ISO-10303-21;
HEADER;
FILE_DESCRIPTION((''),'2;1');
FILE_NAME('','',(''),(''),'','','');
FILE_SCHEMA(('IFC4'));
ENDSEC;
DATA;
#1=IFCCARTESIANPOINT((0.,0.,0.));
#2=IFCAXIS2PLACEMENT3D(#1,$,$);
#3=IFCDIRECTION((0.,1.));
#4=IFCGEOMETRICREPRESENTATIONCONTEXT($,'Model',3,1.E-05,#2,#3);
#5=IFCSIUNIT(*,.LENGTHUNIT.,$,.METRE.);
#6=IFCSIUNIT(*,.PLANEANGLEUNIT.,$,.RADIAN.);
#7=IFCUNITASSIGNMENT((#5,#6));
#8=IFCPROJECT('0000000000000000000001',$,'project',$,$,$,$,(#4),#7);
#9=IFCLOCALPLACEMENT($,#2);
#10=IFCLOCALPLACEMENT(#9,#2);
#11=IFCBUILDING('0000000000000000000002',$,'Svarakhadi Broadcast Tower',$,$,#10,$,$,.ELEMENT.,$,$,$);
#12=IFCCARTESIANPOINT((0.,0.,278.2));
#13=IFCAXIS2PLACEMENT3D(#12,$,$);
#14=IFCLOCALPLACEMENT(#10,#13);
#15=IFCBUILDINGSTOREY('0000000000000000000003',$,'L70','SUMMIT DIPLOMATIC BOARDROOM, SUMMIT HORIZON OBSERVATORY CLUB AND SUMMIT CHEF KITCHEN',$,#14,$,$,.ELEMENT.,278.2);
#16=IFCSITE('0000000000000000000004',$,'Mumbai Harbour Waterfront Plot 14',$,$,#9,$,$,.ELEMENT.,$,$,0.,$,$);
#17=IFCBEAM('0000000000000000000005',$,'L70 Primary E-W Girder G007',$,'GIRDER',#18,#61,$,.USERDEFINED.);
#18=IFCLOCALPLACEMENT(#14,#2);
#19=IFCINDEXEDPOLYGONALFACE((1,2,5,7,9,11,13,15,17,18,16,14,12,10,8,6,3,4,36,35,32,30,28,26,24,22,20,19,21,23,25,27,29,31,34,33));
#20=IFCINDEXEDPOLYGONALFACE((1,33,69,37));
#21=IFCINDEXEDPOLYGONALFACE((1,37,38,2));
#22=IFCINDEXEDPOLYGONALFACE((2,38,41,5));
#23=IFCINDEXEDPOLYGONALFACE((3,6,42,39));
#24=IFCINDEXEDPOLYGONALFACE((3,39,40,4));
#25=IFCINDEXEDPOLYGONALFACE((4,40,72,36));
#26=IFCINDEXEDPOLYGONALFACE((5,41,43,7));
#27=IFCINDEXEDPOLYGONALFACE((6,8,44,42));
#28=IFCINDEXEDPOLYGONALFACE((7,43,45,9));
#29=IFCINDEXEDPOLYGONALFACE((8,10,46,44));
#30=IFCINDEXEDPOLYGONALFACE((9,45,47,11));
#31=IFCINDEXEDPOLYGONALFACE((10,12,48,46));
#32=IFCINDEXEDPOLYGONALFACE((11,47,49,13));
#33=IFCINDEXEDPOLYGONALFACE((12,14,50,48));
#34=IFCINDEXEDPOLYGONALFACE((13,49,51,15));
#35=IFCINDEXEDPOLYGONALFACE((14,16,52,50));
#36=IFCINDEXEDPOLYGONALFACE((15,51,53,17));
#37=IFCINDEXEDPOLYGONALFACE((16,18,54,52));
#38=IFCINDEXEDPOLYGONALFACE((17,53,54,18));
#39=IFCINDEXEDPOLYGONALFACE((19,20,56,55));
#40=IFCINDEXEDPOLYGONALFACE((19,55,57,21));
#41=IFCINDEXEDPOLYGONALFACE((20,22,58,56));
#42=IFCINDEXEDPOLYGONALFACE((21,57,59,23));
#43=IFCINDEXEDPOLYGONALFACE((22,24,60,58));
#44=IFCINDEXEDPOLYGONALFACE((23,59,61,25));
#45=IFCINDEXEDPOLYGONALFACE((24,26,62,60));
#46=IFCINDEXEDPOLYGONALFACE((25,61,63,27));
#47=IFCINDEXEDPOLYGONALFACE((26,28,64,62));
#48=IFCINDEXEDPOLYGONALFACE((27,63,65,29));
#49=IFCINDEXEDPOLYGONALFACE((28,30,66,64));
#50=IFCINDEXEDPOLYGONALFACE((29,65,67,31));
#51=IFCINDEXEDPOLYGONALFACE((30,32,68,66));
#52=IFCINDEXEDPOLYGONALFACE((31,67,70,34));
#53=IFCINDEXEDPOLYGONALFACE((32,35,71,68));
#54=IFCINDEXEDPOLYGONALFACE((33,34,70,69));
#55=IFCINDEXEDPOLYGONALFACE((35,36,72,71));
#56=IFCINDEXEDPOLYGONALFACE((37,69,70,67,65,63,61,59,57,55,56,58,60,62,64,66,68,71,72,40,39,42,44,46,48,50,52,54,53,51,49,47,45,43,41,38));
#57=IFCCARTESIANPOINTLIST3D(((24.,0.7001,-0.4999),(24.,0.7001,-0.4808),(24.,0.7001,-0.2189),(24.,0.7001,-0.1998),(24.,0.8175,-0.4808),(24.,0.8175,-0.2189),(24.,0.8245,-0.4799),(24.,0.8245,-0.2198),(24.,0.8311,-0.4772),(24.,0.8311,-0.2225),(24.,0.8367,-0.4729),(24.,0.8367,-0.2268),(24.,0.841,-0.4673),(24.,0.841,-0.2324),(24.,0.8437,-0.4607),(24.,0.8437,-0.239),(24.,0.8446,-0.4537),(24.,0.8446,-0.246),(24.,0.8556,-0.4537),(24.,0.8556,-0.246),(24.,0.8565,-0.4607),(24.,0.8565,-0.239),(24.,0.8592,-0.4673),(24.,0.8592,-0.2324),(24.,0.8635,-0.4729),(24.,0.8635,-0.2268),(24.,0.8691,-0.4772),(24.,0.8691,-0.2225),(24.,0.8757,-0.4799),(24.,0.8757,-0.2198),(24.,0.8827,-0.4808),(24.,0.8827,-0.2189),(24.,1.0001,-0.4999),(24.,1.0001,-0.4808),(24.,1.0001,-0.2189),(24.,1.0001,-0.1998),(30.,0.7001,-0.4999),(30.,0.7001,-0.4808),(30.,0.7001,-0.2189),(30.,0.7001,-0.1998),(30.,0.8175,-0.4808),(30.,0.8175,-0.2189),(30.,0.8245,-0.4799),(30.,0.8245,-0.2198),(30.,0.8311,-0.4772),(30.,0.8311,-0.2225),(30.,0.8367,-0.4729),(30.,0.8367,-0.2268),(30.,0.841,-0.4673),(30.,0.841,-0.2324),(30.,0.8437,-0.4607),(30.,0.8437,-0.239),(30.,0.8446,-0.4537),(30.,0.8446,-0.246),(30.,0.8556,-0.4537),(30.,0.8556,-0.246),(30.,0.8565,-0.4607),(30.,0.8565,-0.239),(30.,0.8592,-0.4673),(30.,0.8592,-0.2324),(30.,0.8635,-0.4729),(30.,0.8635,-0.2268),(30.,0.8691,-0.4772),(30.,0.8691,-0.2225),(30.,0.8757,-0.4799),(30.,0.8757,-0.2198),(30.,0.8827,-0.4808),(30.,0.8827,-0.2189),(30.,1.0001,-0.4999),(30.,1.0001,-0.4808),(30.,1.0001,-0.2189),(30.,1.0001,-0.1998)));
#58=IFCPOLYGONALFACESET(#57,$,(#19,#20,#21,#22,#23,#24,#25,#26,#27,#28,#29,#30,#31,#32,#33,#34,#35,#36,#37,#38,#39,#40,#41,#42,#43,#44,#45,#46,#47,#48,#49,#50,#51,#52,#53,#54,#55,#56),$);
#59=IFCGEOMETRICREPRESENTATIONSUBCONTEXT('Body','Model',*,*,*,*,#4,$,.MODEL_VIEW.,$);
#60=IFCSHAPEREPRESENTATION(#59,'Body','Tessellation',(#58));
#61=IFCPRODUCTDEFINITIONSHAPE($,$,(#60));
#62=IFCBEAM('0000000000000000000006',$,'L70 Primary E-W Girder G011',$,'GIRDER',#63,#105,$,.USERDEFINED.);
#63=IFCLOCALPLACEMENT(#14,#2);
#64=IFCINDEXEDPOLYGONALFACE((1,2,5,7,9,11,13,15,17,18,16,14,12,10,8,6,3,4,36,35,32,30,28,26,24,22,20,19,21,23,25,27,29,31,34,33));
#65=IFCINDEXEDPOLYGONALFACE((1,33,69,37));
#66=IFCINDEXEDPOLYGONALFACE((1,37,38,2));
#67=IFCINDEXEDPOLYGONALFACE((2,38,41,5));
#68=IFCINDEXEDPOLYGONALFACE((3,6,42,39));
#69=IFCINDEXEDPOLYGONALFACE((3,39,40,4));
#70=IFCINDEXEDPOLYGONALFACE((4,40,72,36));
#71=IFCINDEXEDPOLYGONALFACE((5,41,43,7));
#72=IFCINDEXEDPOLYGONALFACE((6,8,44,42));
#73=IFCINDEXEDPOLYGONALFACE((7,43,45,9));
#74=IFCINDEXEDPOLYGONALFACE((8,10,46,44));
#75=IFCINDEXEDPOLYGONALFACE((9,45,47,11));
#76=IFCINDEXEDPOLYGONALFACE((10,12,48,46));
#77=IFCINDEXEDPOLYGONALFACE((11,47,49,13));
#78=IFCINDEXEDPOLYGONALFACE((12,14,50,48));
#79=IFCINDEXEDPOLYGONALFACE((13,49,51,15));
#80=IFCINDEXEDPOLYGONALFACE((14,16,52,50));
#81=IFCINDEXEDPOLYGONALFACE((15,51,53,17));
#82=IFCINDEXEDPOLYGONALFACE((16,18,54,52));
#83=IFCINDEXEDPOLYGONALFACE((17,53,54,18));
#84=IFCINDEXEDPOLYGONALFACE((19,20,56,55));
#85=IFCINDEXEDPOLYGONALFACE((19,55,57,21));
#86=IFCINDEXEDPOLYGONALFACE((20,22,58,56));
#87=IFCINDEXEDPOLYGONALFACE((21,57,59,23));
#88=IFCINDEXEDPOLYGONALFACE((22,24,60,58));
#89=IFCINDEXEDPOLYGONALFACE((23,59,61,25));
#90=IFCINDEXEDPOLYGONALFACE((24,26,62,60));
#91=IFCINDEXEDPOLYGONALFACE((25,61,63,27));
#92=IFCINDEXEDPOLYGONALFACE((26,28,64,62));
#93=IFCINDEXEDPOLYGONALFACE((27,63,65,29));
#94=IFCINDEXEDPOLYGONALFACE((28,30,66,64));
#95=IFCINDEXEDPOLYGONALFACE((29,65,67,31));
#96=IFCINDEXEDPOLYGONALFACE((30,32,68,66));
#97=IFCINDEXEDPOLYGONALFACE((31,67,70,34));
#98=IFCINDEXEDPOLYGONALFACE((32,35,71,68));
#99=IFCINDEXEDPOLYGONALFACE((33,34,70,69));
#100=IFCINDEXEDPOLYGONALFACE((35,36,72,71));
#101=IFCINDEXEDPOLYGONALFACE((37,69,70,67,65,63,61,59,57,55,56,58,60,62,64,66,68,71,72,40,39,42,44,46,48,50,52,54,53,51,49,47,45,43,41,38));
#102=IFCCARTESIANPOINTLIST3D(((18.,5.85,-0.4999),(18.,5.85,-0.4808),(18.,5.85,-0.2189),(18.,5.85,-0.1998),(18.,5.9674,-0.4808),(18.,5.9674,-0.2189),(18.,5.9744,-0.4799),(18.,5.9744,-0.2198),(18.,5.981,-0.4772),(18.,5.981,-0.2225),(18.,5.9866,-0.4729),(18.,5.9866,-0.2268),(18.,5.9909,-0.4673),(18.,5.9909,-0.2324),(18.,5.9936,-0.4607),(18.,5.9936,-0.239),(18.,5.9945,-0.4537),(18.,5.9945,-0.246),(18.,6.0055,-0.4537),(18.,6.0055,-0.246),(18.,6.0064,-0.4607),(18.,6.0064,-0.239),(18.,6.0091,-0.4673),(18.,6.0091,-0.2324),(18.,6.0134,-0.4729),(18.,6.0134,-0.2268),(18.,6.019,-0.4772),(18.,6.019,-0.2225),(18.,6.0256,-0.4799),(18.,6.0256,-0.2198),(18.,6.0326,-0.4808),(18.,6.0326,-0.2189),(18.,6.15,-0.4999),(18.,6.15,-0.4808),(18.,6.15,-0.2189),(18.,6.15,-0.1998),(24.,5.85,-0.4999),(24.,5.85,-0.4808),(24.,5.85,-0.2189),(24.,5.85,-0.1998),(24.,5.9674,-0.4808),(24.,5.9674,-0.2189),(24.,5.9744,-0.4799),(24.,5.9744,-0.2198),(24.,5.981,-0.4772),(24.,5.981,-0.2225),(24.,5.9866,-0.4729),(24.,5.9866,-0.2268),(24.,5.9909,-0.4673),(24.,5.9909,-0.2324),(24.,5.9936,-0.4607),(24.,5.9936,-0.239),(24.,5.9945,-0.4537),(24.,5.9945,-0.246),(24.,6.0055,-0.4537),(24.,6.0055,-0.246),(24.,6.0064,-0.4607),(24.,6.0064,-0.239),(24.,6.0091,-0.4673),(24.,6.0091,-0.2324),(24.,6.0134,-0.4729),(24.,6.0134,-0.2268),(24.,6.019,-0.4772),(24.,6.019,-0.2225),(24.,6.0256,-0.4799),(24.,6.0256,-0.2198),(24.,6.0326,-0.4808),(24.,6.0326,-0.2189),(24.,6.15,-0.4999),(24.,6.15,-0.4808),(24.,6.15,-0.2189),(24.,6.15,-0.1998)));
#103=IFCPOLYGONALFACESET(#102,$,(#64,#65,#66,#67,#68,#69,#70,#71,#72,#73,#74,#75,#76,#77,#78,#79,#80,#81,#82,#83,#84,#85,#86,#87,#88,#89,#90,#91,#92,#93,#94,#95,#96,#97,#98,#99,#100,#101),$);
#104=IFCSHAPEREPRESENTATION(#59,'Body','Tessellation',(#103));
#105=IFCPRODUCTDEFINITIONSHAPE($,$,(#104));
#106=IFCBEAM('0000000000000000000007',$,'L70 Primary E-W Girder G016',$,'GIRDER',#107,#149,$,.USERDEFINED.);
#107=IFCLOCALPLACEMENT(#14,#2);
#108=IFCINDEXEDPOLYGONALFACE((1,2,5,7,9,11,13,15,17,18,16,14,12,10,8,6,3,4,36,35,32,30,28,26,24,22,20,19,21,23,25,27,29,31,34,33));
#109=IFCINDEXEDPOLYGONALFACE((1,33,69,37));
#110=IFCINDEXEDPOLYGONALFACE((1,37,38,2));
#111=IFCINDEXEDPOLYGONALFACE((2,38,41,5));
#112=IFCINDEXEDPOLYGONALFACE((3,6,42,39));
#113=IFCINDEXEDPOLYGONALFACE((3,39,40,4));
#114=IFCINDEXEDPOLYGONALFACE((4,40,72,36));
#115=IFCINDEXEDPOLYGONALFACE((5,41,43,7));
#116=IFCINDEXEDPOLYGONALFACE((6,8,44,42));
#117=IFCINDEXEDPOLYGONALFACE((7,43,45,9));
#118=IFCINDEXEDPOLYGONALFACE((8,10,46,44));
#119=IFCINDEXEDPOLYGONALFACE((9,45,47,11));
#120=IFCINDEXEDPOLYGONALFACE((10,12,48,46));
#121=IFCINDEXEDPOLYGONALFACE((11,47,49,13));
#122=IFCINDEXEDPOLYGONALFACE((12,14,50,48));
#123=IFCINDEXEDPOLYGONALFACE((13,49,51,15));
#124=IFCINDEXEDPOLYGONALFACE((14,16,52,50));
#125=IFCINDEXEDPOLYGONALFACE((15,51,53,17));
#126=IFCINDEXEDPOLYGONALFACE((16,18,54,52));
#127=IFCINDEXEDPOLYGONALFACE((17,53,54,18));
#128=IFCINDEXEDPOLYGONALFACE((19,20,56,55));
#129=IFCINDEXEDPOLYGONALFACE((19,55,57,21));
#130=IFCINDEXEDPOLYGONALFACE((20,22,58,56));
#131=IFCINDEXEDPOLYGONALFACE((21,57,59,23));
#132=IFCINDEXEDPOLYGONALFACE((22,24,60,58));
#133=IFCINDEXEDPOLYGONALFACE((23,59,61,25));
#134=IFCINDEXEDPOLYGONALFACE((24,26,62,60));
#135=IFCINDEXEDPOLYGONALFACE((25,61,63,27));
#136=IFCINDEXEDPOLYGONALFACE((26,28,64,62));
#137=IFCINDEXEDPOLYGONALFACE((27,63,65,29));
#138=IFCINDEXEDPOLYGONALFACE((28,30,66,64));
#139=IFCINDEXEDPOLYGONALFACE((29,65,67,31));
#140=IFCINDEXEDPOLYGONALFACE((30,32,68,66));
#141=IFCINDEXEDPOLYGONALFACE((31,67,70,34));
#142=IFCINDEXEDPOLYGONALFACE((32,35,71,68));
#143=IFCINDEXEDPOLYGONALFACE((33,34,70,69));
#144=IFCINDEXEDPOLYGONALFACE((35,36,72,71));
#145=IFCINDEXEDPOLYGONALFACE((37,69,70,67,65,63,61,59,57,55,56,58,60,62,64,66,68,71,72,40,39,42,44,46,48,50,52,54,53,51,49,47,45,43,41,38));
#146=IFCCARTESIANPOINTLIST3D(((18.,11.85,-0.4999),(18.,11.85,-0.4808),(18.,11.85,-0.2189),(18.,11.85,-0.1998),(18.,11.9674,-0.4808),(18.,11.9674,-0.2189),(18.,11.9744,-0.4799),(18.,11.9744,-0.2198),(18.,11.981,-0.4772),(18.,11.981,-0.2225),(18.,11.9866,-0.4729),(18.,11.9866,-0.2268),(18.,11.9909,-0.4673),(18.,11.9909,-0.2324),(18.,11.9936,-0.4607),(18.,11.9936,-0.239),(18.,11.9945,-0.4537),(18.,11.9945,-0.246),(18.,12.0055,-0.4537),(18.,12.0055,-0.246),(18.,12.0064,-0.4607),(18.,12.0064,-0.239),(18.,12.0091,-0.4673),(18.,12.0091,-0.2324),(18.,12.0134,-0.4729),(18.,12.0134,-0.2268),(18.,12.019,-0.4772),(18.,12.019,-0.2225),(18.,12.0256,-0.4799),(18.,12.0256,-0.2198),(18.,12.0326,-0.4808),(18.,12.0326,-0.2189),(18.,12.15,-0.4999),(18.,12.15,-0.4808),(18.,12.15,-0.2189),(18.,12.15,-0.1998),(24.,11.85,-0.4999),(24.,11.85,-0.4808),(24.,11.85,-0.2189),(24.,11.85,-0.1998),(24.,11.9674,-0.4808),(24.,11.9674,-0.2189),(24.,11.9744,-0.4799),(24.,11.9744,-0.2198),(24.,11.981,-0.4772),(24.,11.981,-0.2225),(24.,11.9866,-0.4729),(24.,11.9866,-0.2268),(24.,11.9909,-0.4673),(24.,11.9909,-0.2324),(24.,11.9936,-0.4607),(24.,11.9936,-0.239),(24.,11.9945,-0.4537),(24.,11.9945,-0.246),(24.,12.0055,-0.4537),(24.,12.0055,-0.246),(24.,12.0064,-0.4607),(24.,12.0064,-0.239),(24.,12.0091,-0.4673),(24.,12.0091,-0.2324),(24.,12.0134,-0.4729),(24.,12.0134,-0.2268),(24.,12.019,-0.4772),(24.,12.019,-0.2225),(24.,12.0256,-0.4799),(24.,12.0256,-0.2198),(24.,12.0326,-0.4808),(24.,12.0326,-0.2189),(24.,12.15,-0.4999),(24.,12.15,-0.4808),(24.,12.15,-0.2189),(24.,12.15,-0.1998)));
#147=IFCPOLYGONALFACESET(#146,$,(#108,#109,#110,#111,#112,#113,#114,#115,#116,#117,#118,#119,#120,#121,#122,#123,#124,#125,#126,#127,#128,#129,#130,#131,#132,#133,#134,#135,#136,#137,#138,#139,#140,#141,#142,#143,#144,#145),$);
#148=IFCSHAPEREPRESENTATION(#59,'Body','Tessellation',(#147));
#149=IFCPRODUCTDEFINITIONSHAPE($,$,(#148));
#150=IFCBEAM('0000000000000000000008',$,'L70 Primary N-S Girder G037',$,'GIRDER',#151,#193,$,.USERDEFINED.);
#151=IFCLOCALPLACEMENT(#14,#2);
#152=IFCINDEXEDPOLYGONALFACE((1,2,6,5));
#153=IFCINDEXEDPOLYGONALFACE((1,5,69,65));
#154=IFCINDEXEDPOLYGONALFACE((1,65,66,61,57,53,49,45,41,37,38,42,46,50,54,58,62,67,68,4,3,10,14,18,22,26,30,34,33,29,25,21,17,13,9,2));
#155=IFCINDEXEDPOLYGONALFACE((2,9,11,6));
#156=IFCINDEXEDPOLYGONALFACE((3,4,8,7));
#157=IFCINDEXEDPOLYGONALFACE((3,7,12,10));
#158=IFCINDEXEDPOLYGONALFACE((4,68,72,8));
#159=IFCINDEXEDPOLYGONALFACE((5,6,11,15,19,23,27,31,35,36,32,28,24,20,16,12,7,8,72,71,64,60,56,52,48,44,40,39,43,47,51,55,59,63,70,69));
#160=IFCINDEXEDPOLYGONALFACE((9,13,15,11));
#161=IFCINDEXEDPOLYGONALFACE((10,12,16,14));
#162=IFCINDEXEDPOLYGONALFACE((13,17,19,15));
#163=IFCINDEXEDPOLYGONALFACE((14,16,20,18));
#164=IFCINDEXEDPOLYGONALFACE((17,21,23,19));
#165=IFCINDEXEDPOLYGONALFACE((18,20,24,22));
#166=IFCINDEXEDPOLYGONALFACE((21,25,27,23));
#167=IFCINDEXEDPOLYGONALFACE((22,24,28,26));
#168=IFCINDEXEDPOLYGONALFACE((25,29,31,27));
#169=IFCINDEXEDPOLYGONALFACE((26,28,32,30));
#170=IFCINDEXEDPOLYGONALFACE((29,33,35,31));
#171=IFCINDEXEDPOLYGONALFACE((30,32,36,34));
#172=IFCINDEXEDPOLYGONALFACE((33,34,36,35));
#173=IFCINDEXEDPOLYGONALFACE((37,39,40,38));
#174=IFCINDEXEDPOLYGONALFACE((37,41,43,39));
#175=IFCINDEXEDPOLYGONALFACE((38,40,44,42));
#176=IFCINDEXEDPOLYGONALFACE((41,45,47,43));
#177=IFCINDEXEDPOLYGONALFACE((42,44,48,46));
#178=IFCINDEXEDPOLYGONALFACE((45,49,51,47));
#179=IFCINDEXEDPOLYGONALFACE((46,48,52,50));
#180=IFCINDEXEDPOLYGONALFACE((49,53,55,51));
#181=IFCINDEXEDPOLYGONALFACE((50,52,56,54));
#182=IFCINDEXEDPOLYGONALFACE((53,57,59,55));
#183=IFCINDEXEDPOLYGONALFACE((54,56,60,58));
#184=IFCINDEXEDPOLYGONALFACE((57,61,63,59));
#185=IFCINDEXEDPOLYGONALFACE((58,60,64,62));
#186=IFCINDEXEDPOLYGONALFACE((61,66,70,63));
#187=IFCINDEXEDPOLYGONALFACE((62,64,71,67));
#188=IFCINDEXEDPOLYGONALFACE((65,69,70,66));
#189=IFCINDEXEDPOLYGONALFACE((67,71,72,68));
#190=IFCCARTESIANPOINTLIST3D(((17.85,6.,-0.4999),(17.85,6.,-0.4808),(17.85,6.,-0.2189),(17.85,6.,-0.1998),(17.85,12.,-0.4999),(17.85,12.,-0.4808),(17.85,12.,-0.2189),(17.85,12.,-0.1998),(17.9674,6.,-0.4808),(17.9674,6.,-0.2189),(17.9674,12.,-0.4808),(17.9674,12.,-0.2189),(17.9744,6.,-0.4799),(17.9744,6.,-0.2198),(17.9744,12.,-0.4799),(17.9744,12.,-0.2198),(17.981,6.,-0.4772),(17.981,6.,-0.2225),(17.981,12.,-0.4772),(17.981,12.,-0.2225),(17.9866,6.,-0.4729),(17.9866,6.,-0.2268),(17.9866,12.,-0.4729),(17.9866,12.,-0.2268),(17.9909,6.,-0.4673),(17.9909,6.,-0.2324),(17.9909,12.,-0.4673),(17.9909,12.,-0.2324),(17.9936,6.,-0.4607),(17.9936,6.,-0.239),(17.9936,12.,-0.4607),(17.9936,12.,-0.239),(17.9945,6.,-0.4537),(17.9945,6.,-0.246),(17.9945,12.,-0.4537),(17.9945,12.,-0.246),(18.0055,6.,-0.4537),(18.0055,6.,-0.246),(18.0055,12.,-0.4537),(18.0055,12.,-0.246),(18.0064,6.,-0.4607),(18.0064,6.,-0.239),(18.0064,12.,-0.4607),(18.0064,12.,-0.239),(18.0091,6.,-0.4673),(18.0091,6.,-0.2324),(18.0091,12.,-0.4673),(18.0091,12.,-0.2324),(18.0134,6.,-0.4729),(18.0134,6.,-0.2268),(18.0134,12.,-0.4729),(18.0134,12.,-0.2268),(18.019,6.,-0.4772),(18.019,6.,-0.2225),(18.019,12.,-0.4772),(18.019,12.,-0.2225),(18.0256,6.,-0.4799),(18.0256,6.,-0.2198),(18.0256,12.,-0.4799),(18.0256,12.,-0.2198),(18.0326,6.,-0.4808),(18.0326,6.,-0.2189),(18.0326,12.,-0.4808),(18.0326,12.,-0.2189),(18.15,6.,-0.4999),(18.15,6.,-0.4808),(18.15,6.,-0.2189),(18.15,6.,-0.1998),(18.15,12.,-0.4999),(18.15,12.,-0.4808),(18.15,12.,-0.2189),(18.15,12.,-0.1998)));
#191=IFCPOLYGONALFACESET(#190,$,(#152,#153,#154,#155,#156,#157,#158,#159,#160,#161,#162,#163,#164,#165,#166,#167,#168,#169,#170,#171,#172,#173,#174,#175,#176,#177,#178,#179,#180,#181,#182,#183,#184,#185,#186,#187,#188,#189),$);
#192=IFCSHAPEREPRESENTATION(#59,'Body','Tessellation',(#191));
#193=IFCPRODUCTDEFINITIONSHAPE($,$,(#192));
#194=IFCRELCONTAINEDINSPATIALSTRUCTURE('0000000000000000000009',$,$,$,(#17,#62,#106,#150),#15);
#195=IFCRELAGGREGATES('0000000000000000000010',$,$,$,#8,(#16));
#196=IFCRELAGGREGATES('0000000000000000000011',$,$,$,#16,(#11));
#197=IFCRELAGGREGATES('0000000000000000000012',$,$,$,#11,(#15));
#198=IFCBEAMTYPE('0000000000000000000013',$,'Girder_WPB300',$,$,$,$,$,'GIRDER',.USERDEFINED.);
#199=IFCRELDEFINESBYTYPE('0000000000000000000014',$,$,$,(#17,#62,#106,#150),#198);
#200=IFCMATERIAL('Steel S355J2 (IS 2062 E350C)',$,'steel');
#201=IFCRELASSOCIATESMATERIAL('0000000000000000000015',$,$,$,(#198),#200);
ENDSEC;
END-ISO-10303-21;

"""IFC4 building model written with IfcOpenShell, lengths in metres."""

from ifc_helpers import new_model, si_unit, direction, frame, origin, origin_2d, place, context, subcontext, project, spatial, i_section, extrude, material, material_profile, profile_set, type_object, element, save


model = new_model("IFC4")

# Units and contexts
model_context = context("Model", 3, precision=1e-05, world=origin(), true_north=direction((0.0, 1.0)))
body_context = subcontext(model_context, "Body", "Model", "MODEL_VIEW")
ifc_project = project(units=[si_unit("LENGTHUNIT", "METRE"), si_unit("PLANEANGLEUNIT", "RADIAN")], contexts=[model_context])

# Site, building, storey
site_placement = place(None, origin())
site = spatial("IfcSite", under=ifc_project, at=site_placement, Name="Mumbai Harbour Waterfront Plot 14", CompositionType="ELEMENT", RefElevation=0.0)
building_placement = place(site_placement, origin())
building = spatial("IfcBuilding", under=site, at=building_placement, Name="Svarakhadi Broadcast Tower", CompositionType="ELEMENT")
storey_placement = place(building_placement, frame((0.0, 0.0, 278.2)))
storey = spatial("IfcBuildingStorey", under=building, at=storey_placement, Name="L70", Description="SUMMIT DIPLOMATIC BOARDROOM, SUMMIT HORIZON OBSERVATORY CLUB AND SUMMIT CHEF KITCHEN", CompositionType="ELEMENT", Elevation=278.2)

# Beams
ifc_material_1 = material(Name="Steel S355J2 (IS 2062 E350C)", Category="steel")
ifc_material_profile_1 = material_profile(ifc_material_1, i_section(OverallWidth=0.3, OverallDepth=0.3, WebThickness=0.011, FlangeThickness=0.019, FilletRadius=0.0271, at=origin_2d()), Name="WPB 300x300x117")
ifc_profile_set_1 = profile_set([ifc_material_profile_1], Name="Steel S355J2 (IS 2062 E350C)")
beam_type_1 = type_object("IfcBeamType", Name="Girder_WPB300", ElementType="GIRDER", PredefinedType="USERDEFINED", material=ifc_profile_set_1)
for number, where, z_axis, x_axis, name in (
    (1, (24.0, 0.8501, -0.3499), (1.0, 0.0, 0.0), (0.0, 1.0, 0.0), "L70 Primary E-W Girder G007"),
    (2, (18.0, 6.0, -0.3499), (1.0, 0.0, 0.0), (0.0, 1.0, 0.0), "L70 Primary E-W Girder G011"),
    (3, (18.0, 12.0, -0.3499), (1.0, 0.0, 0.0), (0.0, 1.0, 0.0), "L70 Primary E-W Girder G016"),
    (4, (18.0, 6.0, -0.3499), (0.0, 1.0, 0.0), (-1.0, 0.0, 0.0), "L70 Primary N-S Girder G037"),
):
    element("IfcBeam", number, at=place(storey_placement, frame(where, z_axis=z_axis, x_axis=x_axis)), inside=storey, type_object=beam_type_1, Name=name, ObjectType="GIRDER", PredefinedType="USERDEFINED", context=body_context, shape_type="SweptSolid", body=[
        extrude(i_section(OverallWidth=0.3, OverallDepth=0.3, WebThickness=0.011, FlangeThickness=0.019, FilletRadius=0.0271, at=origin_2d()), origin(), (0.0, 0.0, 1.0), 6.0),
    ])

save(model, "model.ifc")
